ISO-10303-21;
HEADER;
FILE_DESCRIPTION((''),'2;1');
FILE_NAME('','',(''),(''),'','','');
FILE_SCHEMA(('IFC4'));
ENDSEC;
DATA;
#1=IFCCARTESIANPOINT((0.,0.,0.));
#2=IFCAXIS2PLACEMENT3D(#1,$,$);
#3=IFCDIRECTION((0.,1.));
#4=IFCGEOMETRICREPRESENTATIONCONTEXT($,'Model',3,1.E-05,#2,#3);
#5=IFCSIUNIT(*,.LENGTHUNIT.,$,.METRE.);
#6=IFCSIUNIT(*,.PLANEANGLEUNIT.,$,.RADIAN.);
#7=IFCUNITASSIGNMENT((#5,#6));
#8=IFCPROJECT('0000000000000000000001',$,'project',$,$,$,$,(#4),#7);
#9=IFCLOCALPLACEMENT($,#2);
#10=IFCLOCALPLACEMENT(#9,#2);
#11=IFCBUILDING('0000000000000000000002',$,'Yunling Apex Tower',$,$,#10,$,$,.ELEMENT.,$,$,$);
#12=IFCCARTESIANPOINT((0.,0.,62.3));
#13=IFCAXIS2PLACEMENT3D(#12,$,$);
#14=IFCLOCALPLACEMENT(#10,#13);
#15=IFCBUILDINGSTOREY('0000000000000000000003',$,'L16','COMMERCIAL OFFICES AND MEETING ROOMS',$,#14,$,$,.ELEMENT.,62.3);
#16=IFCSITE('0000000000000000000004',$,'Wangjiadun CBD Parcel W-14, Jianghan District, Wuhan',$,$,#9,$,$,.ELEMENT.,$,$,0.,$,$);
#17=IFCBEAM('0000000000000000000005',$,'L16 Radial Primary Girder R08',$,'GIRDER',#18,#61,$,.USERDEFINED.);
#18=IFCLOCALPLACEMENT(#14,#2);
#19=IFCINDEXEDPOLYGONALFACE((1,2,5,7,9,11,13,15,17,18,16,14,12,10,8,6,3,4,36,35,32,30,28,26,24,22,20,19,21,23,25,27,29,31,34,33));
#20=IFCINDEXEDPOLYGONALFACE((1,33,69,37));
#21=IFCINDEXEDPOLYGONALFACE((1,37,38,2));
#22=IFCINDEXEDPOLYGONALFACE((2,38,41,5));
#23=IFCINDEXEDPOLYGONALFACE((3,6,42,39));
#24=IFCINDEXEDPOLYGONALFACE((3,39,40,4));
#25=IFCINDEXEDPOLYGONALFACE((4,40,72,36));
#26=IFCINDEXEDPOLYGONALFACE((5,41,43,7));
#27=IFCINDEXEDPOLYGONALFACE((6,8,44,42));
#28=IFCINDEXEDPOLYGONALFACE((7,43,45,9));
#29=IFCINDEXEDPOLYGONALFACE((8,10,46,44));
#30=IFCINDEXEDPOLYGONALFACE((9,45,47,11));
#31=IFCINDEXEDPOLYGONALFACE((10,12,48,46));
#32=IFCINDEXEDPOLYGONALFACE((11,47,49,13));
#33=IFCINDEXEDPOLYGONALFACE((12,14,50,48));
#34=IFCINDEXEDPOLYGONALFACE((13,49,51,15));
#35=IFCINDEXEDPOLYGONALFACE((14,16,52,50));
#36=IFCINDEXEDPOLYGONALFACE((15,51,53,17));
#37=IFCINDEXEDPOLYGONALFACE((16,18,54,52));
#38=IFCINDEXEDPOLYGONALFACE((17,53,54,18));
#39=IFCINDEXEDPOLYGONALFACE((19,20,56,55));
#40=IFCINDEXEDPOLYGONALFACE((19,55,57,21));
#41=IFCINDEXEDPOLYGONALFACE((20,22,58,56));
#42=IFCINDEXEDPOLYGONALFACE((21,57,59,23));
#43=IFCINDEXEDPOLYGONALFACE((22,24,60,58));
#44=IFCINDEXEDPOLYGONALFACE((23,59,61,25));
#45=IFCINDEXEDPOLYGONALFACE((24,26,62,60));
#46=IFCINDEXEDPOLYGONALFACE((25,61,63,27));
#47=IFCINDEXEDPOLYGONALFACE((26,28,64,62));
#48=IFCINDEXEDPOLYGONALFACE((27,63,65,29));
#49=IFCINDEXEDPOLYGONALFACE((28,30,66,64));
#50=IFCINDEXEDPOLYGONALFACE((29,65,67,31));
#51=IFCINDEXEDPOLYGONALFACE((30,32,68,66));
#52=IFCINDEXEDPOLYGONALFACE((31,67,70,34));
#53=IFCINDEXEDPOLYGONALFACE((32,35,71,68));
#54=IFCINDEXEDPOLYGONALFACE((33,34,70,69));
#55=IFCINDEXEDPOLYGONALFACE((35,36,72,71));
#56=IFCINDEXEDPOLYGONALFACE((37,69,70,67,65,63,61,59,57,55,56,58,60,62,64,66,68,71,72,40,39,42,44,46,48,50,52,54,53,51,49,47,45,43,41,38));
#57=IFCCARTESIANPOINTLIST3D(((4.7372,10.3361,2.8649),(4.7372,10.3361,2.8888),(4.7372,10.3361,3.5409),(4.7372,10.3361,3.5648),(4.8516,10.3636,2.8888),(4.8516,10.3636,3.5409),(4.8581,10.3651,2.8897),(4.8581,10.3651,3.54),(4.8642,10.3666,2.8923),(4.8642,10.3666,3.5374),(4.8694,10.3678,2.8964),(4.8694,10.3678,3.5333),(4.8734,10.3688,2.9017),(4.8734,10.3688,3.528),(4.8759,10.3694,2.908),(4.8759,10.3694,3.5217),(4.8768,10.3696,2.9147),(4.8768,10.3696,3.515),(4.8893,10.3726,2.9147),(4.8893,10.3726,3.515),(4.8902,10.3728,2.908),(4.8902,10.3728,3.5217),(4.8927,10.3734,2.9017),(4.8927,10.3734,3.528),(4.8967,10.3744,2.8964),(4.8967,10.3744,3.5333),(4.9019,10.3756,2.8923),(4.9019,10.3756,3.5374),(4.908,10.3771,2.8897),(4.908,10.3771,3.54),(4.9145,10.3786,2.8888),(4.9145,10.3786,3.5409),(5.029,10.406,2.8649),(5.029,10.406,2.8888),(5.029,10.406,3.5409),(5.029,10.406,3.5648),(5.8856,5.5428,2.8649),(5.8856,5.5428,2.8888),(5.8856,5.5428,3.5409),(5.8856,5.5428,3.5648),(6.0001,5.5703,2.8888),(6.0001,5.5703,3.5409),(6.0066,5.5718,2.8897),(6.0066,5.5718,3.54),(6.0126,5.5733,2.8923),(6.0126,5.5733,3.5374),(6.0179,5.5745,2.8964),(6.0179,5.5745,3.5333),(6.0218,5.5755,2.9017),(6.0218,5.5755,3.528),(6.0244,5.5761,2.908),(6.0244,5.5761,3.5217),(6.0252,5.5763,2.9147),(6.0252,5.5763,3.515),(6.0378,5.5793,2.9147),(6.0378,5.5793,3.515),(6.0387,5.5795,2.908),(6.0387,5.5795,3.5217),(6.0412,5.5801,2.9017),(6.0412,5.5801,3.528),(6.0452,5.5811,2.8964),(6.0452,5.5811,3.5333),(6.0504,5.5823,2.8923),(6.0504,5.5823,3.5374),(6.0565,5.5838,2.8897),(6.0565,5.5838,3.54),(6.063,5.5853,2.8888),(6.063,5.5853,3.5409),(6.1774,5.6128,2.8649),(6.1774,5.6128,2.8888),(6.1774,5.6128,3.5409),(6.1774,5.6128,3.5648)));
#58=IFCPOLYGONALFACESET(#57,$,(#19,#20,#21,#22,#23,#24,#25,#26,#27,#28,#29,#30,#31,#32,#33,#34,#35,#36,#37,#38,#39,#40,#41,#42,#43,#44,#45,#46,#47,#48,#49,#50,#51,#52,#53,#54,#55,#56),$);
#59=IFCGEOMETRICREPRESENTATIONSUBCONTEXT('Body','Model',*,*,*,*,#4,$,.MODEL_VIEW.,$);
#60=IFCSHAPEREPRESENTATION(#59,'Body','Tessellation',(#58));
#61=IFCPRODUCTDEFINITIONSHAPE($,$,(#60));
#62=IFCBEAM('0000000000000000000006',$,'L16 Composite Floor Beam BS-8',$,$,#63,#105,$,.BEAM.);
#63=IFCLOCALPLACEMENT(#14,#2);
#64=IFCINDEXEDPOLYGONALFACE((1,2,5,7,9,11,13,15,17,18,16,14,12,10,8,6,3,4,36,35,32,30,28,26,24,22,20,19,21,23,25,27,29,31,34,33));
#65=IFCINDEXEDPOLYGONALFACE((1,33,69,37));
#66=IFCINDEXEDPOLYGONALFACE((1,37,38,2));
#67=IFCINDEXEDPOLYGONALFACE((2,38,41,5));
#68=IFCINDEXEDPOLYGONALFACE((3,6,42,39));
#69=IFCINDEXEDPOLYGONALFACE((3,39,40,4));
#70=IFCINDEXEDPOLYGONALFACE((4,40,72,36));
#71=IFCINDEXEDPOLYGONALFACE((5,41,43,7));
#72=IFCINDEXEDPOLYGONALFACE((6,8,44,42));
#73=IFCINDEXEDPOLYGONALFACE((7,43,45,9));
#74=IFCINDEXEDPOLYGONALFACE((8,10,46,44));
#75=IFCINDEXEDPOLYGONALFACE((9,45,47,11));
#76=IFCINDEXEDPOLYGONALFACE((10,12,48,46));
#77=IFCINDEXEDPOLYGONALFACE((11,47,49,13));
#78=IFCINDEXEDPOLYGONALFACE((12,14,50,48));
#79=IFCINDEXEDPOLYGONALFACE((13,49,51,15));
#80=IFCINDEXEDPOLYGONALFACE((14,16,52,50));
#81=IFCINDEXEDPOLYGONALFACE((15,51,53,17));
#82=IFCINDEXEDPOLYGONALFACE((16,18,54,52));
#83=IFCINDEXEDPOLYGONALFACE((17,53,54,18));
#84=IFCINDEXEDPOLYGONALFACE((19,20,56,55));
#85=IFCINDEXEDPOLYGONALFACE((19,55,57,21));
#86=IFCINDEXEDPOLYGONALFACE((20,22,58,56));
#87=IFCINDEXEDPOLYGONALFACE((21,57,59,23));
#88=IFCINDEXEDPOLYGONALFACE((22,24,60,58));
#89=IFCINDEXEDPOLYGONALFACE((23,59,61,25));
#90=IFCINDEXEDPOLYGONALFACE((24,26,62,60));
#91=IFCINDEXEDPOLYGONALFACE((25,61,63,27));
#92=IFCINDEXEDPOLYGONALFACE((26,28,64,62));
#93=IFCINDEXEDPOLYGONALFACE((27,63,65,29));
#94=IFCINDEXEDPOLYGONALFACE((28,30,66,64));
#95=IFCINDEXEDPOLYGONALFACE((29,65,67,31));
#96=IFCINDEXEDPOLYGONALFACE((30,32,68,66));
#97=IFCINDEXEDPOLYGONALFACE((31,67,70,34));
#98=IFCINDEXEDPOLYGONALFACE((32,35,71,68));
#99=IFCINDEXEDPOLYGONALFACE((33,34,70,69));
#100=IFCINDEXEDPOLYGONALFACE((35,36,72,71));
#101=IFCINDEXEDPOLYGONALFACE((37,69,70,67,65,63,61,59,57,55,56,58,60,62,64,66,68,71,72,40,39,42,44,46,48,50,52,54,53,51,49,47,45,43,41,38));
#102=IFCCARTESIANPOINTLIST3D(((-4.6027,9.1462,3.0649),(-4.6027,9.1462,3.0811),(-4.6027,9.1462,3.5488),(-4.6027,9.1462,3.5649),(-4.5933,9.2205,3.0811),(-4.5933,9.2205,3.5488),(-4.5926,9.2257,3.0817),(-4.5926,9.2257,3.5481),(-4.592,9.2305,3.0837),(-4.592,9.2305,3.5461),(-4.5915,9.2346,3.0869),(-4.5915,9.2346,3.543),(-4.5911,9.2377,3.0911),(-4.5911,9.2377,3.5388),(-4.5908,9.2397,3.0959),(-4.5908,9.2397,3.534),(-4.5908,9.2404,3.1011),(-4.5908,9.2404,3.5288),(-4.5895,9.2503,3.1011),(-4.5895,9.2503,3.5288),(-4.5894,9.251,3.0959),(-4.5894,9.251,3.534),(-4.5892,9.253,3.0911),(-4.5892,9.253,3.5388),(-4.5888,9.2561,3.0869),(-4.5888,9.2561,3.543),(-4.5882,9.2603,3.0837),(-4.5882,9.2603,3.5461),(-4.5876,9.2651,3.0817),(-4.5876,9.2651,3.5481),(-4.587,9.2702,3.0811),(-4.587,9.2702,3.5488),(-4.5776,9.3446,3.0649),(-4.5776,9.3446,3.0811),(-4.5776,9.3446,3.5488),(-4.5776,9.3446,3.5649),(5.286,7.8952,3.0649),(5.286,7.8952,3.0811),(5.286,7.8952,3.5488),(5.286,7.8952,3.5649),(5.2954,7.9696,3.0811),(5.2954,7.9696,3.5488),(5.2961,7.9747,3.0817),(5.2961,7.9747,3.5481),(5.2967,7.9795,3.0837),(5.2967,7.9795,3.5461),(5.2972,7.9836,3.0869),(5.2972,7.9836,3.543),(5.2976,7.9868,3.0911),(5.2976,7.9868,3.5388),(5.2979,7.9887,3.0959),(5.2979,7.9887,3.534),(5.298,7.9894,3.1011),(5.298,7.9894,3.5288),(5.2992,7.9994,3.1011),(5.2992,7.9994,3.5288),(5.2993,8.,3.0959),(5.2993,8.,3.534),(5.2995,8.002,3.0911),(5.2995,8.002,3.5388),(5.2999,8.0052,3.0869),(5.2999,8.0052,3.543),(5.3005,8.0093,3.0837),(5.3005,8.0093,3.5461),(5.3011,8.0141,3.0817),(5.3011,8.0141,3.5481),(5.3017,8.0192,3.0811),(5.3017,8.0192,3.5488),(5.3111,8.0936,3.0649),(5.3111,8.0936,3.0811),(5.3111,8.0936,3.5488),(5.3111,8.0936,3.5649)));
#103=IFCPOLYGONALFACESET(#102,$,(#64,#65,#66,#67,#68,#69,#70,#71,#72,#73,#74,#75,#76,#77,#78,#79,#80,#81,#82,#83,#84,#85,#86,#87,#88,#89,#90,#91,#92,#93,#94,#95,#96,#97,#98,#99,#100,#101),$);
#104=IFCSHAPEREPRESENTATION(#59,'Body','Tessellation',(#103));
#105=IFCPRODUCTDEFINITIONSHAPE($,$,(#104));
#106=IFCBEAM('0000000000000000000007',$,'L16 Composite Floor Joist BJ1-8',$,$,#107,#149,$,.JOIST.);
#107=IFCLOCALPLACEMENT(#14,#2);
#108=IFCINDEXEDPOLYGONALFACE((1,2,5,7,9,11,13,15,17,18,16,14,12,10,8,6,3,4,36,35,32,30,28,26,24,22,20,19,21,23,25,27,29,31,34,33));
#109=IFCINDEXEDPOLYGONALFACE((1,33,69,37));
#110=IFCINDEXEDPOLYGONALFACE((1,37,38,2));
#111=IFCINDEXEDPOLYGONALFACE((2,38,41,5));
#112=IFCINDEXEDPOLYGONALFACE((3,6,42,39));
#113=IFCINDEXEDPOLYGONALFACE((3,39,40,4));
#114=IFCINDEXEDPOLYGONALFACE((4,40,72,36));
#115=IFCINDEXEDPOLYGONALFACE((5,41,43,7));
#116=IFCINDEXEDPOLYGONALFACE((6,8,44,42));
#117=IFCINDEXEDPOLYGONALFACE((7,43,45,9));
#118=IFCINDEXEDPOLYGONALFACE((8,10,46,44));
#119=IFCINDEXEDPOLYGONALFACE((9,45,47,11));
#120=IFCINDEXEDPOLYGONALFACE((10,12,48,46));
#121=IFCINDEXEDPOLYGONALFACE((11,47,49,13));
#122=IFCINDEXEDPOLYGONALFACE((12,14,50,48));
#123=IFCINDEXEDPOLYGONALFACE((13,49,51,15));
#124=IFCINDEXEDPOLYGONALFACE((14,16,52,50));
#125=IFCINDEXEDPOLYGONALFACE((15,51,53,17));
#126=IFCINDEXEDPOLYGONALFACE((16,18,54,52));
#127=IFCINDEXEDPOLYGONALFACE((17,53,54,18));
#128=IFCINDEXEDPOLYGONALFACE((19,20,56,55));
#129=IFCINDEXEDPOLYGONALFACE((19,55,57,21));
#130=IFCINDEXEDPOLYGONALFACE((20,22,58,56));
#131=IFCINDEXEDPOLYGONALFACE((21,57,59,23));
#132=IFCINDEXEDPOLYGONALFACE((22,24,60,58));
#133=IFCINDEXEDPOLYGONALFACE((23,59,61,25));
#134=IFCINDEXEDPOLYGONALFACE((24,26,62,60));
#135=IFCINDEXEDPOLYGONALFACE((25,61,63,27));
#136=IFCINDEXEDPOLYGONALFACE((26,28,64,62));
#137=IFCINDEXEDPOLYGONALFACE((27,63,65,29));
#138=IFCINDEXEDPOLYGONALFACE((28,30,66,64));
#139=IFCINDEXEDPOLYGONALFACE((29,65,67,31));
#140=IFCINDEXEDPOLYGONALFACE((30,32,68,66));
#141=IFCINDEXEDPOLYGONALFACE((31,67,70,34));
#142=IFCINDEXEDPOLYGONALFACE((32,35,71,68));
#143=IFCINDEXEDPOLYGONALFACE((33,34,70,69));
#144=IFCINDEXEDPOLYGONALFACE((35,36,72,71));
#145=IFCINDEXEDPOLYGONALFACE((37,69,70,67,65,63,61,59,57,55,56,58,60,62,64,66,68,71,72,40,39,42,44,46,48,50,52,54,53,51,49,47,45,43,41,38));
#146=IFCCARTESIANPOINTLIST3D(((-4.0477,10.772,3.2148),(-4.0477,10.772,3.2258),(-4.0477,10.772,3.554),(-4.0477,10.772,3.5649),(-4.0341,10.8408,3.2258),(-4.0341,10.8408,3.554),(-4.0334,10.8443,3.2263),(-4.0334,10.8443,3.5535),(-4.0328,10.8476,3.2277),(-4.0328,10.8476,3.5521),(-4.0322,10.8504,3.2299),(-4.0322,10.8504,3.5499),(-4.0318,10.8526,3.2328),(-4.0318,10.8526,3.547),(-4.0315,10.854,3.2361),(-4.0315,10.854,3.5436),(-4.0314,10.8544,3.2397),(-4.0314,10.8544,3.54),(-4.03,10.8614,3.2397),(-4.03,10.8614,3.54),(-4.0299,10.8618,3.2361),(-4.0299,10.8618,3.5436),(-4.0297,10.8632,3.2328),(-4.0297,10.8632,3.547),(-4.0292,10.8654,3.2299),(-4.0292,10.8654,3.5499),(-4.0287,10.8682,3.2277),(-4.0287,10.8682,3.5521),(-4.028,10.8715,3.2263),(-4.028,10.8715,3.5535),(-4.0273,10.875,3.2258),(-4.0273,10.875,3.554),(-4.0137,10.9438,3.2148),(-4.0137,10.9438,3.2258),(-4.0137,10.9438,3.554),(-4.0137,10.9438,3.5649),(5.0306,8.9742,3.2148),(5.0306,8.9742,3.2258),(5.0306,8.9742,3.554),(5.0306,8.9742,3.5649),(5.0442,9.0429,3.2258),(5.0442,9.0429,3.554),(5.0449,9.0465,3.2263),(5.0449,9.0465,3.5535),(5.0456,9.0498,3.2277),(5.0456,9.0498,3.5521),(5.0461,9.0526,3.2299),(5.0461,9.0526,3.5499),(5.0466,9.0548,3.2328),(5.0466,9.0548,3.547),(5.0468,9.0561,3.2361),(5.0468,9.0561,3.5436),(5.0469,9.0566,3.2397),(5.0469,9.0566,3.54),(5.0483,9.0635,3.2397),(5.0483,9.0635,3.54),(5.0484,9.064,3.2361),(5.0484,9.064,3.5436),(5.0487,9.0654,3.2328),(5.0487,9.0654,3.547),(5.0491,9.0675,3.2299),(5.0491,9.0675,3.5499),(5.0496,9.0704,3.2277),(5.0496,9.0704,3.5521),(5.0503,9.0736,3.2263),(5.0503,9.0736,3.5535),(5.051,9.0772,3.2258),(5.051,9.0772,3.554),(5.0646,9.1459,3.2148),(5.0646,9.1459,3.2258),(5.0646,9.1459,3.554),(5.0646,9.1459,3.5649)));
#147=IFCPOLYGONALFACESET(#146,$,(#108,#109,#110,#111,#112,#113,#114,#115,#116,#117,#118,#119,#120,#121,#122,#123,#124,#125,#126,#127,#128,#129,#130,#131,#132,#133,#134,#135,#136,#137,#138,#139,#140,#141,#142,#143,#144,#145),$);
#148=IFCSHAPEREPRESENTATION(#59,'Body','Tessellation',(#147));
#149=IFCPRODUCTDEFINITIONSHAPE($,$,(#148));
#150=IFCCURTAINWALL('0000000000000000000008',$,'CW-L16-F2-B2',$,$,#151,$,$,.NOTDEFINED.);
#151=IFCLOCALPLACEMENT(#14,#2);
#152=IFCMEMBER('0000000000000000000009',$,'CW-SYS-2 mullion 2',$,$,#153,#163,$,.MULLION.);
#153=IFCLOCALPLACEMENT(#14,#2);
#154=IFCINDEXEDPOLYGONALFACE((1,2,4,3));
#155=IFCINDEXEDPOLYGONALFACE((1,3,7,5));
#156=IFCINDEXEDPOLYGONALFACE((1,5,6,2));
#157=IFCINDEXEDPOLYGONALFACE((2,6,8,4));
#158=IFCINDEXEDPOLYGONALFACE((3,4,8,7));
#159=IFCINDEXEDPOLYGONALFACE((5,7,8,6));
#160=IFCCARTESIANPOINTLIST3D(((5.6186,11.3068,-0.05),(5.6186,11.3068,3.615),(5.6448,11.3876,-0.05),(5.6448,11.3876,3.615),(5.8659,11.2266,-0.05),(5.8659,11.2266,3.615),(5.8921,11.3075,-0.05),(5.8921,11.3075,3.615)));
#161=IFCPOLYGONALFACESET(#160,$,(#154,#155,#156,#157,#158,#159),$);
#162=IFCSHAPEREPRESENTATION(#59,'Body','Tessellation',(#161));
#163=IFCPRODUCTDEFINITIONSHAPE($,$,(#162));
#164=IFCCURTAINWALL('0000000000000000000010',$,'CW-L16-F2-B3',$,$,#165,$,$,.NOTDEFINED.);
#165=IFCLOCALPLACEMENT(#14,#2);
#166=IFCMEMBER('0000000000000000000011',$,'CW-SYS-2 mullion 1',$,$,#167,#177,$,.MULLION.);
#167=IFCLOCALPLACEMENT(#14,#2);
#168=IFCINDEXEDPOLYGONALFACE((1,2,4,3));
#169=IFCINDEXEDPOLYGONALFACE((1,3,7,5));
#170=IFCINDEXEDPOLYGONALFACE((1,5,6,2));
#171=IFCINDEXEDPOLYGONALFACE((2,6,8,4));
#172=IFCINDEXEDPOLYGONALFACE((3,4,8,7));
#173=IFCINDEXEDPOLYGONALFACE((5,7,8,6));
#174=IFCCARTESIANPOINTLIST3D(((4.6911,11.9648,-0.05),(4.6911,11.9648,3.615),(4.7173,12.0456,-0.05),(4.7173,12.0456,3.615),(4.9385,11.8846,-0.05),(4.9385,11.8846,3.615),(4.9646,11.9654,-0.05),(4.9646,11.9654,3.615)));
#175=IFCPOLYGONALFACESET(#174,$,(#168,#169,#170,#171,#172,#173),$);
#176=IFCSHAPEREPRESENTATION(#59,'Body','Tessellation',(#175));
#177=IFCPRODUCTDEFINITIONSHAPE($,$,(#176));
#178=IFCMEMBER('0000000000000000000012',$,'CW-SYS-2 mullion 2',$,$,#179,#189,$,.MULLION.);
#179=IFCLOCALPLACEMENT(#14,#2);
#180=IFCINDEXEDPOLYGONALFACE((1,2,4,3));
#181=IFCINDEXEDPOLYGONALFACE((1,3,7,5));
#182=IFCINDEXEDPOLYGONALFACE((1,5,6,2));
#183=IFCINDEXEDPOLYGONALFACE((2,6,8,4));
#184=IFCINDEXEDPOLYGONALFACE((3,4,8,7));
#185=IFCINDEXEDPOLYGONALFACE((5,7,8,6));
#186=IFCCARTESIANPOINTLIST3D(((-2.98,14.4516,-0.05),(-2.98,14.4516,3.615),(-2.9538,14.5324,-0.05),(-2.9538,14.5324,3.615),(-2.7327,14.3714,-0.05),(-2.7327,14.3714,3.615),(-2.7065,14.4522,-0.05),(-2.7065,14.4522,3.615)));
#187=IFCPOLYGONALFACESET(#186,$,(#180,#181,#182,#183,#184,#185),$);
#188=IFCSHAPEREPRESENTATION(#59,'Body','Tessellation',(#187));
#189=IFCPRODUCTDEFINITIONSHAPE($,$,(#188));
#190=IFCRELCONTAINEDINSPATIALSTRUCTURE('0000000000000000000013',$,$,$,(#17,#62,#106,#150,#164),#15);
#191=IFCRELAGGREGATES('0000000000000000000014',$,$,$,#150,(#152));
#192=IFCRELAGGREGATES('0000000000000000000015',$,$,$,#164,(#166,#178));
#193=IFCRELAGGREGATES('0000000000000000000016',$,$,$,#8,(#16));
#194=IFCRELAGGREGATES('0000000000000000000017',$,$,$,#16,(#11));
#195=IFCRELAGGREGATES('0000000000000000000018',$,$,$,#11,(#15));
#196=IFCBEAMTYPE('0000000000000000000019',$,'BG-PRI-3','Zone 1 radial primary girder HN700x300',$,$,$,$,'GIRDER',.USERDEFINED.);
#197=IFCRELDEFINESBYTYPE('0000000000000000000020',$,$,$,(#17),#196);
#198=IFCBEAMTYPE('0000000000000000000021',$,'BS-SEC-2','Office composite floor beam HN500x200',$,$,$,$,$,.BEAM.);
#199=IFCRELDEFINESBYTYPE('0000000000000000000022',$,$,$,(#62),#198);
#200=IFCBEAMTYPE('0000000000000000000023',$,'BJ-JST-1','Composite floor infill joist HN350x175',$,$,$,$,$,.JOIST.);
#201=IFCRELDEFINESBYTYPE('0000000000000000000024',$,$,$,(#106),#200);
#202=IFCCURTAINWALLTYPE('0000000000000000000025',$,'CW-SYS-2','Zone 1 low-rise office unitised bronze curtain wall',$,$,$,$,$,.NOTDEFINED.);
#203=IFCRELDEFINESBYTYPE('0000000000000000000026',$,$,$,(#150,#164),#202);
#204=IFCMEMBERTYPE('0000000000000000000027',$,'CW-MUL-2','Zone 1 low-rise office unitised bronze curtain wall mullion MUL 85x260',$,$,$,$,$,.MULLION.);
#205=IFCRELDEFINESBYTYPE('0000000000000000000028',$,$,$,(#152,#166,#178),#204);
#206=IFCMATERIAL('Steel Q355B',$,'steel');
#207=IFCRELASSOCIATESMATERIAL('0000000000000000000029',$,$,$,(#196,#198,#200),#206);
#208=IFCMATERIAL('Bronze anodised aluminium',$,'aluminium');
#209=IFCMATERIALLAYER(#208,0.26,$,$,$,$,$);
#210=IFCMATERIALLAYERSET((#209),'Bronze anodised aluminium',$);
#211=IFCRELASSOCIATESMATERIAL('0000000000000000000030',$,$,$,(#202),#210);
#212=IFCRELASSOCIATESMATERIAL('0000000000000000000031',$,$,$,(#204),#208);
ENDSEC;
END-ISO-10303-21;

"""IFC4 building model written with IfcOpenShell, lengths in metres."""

from ifc_helpers import new_model, si_unit, direction, frame, origin, origin_2d, place, context, subcontext, project, spatial, rectangle, i_section, extrude, source, transform, mapped, material, layer, layer_set, material_profile, profile_set, type_object, element, aggregate, save


model = new_model("IFC4")

# Units and contexts
model_context = context("Model", 3, precision=1e-05, world=origin(), true_north=direction((0.0, 1.0)))
body_context = subcontext(model_context, "Body", "Model", "MODEL_VIEW")
ifc_project = project(units=[si_unit("LENGTHUNIT", "METRE"), si_unit("PLANEANGLEUNIT", "RADIAN")], contexts=[model_context])

# Site, building, storey
site_placement = place(None, origin())
site = spatial("IfcSite", under=ifc_project, at=site_placement, Name="Wangjiadun CBD Parcel W-14, Jianghan District, Wuhan", CompositionType="ELEMENT", RefElevation=0.0)
building_placement = place(site_placement, origin())
building = spatial("IfcBuilding", under=site, at=building_placement, Name="Yunling Apex Tower", CompositionType="ELEMENT")
storey_placement = place(building_placement, frame((0.0, 0.0, 62.3)))
storey = spatial("IfcBuildingStorey", under=building, at=storey_placement, Name="L16", Description="COMMERCIAL OFFICES AND MEETING ROOMS", CompositionType="ELEMENT", Elevation=62.3)

# Beams
ifc_material_1 = material(Name="Steel Q355B", Category="steel")
ifc_material_profile_1 = material_profile(ifc_material_1, i_section(OverallWidth=0.3, OverallDepth=0.7, WebThickness=0.0129, FlangeThickness=0.0239, FilletRadius=0.0259, at=origin_2d()))
ifc_profile_set_1 = profile_set([ifc_material_profile_1], Name="Steel Q355B")
beam_type_1 = type_object("IfcBeamType", Name="BG-PRI-3", Description="Zone 1 radial primary girder HN700x300", ElementType="GIRDER", PredefinedType="USERDEFINED", material=ifc_profile_set_1)
shared_shape_1 = source(origin(), body_context, "Body", "SweptSolid", [
    extrude(i_section(OverallWidth=0.3, OverallDepth=0.7, WebThickness=0.0129, FlangeThickness=0.0239, FilletRadius=0.0259, at=origin_2d()), origin(), (0.0, 0.0, 1.0), 4.929),
])
beam_1_placement = place(storey_placement, frame((4.8831, 10.3711, 3.2148), z_axis=(0.233002, -0.972476, 0.0), x_axis=(0.972476, 0.233002, 0.0)))
element("IfcBeam", 1, at=beam_1_placement, inside=storey, type_object=beam_type_1, Name="L16 Radial Primary Girder R08", ObjectType="GIRDER", PredefinedType="USERDEFINED", context=body_context, shape_type="MappedRepresentation", body=[
    mapped(shared_shape_1, transform((0.0, 0.0, 0.0), scale=1.0)),
])
ifc_material_profile_2 = material_profile(ifc_material_1, i_section(OverallWidth=0.2, OverallDepth=0.5, WebThickness=0.01, FlangeThickness=0.0161, FilletRadius=0.02, at=origin_2d()))
ifc_profile_set_2 = profile_set([ifc_material_profile_2], Name="Steel Q355B")
beam_type_2 = type_object("IfcBeamType", Name="BS-SEC-2", Description="Office composite floor beam HN500x200", PredefinedType="BEAM", material=ifc_profile_set_2)
shared_shape_2 = source(origin(), body_context, "Body", "SweptSolid", [
    extrude(i_section(OverallWidth=0.2, OverallDepth=0.5, WebThickness=0.01, FlangeThickness=0.0161, FilletRadius=0.02, at=origin_2d()), origin(), (0.0, 0.0, 1.0), 9.9675),
])
beam_2_placement = place(storey_placement, frame((5.2986, 7.9944, 3.3149), z_axis=(-0.992093, 0.125506, 0.0), x_axis=(-0.125506, -0.992093, 0.0)))
element("IfcBeam", 2, at=beam_2_placement, inside=storey, type_object=beam_type_2, Name="L16 Composite Floor Beam BS-8", PredefinedType="BEAM", context=body_context, shape_type="MappedRepresentation", body=[
    mapped(shared_shape_2, transform((0.0, 0.0, 0.0), scale=1.0)),
])
ifc_material_profile_3 = material_profile(ifc_material_1, i_section(OverallWidth=0.175, OverallDepth=0.3501, WebThickness=0.0071, FlangeThickness=0.011, FilletRadius=0.0139, at=origin_2d()))
ifc_profile_set_3 = profile_set([ifc_material_profile_3], Name="Steel Q355B")
beam_type_3 = type_object("IfcBeamType", Name="BJ-JST-1", Description="Composite floor infill joist HN350x175", PredefinedType="JOIST", material=ifc_profile_set_3)
shared_shape_3 = source(origin(), body_context, "Body", "SweptSolid", [
    extrude(i_section(OverallWidth=0.175, OverallDepth=0.3501, WebThickness=0.0071, FlangeThickness=0.011, FilletRadius=0.0139, at=origin_2d()), origin(), (0.0, 0.0, 1.0), 9.2546),
])
beam_3_placement = place(storey_placement, frame((5.0476, 9.0601, 3.3899), z_axis=(-0.980949, 0.194264, 0.0), x_axis=(-0.194264, -0.980949, 0.0)))
element("IfcBeam", 3, at=beam_3_placement, inside=storey, type_object=beam_type_3, Name="L16 Composite Floor Joist BJ1-8", PredefinedType="JOIST", context=body_context, shape_type="MappedRepresentation", body=[
    mapped(shared_shape_3, transform((0.0, 0.0, 0.0), scale=1.0)),
])

# Curtain wall, member
ifc_material_2 = material(Name="Bronze anodised aluminium", Category="aluminium")
ifc_layer_1 = layer(ifc_material_2, 0.26)
ifc_layer_set_1 = layer_set([ifc_layer_1], Name="Bronze anodised aluminium")
curtain_wall_type = type_object("IfcCurtainWallType", Name="CW-SYS-2", Description="Zone 1 low-rise office unitised bronze curtain wall", PredefinedType="NOTDEFINED", material=ifc_layer_set_1)
curtain_wall_1_placement = place(storey_placement, origin())
curtain_wall_1 = element("IfcCurtainWall", 4, at=curtain_wall_1_placement, inside=storey, type_object=curtain_wall_type, Name="CW-L16-F2-B2", PredefinedType="NOTDEFINED")
ifc_material_profile_4 = material_profile(ifc_material_2, rectangle(XDim=0.085, YDim=0.26, at=origin_2d()))
ifc_profile_set_4 = profile_set([ifc_material_profile_4], Name="Bronze anodised aluminium")
member_type_1 = type_object("IfcMemberType", Name="CW-MUL-2", Description="Zone 1 low-rise office unitised bronze curtain wall mullion MUL 85x260", PredefinedType="MULLION", material=ifc_profile_set_4)
shared_shape_4 = source(origin(), body_context, "Body", "SweptSolid", [
    extrude(rectangle(XDim=0.085, YDim=0.26, at=origin_2d()), origin(), (0.0, 0.0, 1.0), 3.665),
])
member_1_placement = place(storey_placement, frame((5.7554, 11.3071, -0.05), z_axis=(0.0, 0.0, 1.0), x_axis=(-0.308352, -0.951272, 0.0)))
member_1 = element("IfcMember", 5, at=member_1_placement, type_object=member_type_1, Name="CW-SYS-2 mullion 2", PredefinedType="MULLION", context=body_context, shape_type="MappedRepresentation", body=[
    mapped(shared_shape_4, transform((0.0, 0.0, 0.0), scale=1.0)),
])
aggregate(curtain_wall_1, [member_1])

# Curtain wall, members
curtain_wall_2_placement = place(storey_placement, origin())
curtain_wall_2 = element("IfcCurtainWall", 6, at=curtain_wall_2_placement, inside=storey, type_object=curtain_wall_type, Name="CW-L16-F2-B3", PredefinedType="NOTDEFINED")
member_2_placement = place(storey_placement, frame((4.8279, 11.9651, -0.05), z_axis=(0.0, 0.0, 1.0), x_axis=(-0.308368, -0.951267, 0.0)))
member_2 = element("IfcMember", 7, at=member_2_placement, type_object=member_type_1, Name="CW-SYS-2 mullion 1", PredefinedType="MULLION", context=body_context, shape_type="MappedRepresentation", body=[
    mapped(shared_shape_4, transform((0.0, 0.0, 0.0), scale=1.0)),
])
member_3_placement = place(storey_placement, frame((-2.8433, 14.4519, -0.05), z_axis=(0.0, 0.0, 1.0), x_axis=(-0.308368, -0.951267, 0.0)))
member_3 = element("IfcMember", 8, at=member_3_placement, type_object=member_type_1, Name="CW-SYS-2 mullion 2", PredefinedType="MULLION", context=body_context, shape_type="MappedRepresentation", body=[
    mapped(shared_shape_4, transform((0.0, 0.0, 0.0), scale=1.0)),
])

aggregate(curtain_wall_2, [member_2, member_3])

save(model, "model.ifc")
